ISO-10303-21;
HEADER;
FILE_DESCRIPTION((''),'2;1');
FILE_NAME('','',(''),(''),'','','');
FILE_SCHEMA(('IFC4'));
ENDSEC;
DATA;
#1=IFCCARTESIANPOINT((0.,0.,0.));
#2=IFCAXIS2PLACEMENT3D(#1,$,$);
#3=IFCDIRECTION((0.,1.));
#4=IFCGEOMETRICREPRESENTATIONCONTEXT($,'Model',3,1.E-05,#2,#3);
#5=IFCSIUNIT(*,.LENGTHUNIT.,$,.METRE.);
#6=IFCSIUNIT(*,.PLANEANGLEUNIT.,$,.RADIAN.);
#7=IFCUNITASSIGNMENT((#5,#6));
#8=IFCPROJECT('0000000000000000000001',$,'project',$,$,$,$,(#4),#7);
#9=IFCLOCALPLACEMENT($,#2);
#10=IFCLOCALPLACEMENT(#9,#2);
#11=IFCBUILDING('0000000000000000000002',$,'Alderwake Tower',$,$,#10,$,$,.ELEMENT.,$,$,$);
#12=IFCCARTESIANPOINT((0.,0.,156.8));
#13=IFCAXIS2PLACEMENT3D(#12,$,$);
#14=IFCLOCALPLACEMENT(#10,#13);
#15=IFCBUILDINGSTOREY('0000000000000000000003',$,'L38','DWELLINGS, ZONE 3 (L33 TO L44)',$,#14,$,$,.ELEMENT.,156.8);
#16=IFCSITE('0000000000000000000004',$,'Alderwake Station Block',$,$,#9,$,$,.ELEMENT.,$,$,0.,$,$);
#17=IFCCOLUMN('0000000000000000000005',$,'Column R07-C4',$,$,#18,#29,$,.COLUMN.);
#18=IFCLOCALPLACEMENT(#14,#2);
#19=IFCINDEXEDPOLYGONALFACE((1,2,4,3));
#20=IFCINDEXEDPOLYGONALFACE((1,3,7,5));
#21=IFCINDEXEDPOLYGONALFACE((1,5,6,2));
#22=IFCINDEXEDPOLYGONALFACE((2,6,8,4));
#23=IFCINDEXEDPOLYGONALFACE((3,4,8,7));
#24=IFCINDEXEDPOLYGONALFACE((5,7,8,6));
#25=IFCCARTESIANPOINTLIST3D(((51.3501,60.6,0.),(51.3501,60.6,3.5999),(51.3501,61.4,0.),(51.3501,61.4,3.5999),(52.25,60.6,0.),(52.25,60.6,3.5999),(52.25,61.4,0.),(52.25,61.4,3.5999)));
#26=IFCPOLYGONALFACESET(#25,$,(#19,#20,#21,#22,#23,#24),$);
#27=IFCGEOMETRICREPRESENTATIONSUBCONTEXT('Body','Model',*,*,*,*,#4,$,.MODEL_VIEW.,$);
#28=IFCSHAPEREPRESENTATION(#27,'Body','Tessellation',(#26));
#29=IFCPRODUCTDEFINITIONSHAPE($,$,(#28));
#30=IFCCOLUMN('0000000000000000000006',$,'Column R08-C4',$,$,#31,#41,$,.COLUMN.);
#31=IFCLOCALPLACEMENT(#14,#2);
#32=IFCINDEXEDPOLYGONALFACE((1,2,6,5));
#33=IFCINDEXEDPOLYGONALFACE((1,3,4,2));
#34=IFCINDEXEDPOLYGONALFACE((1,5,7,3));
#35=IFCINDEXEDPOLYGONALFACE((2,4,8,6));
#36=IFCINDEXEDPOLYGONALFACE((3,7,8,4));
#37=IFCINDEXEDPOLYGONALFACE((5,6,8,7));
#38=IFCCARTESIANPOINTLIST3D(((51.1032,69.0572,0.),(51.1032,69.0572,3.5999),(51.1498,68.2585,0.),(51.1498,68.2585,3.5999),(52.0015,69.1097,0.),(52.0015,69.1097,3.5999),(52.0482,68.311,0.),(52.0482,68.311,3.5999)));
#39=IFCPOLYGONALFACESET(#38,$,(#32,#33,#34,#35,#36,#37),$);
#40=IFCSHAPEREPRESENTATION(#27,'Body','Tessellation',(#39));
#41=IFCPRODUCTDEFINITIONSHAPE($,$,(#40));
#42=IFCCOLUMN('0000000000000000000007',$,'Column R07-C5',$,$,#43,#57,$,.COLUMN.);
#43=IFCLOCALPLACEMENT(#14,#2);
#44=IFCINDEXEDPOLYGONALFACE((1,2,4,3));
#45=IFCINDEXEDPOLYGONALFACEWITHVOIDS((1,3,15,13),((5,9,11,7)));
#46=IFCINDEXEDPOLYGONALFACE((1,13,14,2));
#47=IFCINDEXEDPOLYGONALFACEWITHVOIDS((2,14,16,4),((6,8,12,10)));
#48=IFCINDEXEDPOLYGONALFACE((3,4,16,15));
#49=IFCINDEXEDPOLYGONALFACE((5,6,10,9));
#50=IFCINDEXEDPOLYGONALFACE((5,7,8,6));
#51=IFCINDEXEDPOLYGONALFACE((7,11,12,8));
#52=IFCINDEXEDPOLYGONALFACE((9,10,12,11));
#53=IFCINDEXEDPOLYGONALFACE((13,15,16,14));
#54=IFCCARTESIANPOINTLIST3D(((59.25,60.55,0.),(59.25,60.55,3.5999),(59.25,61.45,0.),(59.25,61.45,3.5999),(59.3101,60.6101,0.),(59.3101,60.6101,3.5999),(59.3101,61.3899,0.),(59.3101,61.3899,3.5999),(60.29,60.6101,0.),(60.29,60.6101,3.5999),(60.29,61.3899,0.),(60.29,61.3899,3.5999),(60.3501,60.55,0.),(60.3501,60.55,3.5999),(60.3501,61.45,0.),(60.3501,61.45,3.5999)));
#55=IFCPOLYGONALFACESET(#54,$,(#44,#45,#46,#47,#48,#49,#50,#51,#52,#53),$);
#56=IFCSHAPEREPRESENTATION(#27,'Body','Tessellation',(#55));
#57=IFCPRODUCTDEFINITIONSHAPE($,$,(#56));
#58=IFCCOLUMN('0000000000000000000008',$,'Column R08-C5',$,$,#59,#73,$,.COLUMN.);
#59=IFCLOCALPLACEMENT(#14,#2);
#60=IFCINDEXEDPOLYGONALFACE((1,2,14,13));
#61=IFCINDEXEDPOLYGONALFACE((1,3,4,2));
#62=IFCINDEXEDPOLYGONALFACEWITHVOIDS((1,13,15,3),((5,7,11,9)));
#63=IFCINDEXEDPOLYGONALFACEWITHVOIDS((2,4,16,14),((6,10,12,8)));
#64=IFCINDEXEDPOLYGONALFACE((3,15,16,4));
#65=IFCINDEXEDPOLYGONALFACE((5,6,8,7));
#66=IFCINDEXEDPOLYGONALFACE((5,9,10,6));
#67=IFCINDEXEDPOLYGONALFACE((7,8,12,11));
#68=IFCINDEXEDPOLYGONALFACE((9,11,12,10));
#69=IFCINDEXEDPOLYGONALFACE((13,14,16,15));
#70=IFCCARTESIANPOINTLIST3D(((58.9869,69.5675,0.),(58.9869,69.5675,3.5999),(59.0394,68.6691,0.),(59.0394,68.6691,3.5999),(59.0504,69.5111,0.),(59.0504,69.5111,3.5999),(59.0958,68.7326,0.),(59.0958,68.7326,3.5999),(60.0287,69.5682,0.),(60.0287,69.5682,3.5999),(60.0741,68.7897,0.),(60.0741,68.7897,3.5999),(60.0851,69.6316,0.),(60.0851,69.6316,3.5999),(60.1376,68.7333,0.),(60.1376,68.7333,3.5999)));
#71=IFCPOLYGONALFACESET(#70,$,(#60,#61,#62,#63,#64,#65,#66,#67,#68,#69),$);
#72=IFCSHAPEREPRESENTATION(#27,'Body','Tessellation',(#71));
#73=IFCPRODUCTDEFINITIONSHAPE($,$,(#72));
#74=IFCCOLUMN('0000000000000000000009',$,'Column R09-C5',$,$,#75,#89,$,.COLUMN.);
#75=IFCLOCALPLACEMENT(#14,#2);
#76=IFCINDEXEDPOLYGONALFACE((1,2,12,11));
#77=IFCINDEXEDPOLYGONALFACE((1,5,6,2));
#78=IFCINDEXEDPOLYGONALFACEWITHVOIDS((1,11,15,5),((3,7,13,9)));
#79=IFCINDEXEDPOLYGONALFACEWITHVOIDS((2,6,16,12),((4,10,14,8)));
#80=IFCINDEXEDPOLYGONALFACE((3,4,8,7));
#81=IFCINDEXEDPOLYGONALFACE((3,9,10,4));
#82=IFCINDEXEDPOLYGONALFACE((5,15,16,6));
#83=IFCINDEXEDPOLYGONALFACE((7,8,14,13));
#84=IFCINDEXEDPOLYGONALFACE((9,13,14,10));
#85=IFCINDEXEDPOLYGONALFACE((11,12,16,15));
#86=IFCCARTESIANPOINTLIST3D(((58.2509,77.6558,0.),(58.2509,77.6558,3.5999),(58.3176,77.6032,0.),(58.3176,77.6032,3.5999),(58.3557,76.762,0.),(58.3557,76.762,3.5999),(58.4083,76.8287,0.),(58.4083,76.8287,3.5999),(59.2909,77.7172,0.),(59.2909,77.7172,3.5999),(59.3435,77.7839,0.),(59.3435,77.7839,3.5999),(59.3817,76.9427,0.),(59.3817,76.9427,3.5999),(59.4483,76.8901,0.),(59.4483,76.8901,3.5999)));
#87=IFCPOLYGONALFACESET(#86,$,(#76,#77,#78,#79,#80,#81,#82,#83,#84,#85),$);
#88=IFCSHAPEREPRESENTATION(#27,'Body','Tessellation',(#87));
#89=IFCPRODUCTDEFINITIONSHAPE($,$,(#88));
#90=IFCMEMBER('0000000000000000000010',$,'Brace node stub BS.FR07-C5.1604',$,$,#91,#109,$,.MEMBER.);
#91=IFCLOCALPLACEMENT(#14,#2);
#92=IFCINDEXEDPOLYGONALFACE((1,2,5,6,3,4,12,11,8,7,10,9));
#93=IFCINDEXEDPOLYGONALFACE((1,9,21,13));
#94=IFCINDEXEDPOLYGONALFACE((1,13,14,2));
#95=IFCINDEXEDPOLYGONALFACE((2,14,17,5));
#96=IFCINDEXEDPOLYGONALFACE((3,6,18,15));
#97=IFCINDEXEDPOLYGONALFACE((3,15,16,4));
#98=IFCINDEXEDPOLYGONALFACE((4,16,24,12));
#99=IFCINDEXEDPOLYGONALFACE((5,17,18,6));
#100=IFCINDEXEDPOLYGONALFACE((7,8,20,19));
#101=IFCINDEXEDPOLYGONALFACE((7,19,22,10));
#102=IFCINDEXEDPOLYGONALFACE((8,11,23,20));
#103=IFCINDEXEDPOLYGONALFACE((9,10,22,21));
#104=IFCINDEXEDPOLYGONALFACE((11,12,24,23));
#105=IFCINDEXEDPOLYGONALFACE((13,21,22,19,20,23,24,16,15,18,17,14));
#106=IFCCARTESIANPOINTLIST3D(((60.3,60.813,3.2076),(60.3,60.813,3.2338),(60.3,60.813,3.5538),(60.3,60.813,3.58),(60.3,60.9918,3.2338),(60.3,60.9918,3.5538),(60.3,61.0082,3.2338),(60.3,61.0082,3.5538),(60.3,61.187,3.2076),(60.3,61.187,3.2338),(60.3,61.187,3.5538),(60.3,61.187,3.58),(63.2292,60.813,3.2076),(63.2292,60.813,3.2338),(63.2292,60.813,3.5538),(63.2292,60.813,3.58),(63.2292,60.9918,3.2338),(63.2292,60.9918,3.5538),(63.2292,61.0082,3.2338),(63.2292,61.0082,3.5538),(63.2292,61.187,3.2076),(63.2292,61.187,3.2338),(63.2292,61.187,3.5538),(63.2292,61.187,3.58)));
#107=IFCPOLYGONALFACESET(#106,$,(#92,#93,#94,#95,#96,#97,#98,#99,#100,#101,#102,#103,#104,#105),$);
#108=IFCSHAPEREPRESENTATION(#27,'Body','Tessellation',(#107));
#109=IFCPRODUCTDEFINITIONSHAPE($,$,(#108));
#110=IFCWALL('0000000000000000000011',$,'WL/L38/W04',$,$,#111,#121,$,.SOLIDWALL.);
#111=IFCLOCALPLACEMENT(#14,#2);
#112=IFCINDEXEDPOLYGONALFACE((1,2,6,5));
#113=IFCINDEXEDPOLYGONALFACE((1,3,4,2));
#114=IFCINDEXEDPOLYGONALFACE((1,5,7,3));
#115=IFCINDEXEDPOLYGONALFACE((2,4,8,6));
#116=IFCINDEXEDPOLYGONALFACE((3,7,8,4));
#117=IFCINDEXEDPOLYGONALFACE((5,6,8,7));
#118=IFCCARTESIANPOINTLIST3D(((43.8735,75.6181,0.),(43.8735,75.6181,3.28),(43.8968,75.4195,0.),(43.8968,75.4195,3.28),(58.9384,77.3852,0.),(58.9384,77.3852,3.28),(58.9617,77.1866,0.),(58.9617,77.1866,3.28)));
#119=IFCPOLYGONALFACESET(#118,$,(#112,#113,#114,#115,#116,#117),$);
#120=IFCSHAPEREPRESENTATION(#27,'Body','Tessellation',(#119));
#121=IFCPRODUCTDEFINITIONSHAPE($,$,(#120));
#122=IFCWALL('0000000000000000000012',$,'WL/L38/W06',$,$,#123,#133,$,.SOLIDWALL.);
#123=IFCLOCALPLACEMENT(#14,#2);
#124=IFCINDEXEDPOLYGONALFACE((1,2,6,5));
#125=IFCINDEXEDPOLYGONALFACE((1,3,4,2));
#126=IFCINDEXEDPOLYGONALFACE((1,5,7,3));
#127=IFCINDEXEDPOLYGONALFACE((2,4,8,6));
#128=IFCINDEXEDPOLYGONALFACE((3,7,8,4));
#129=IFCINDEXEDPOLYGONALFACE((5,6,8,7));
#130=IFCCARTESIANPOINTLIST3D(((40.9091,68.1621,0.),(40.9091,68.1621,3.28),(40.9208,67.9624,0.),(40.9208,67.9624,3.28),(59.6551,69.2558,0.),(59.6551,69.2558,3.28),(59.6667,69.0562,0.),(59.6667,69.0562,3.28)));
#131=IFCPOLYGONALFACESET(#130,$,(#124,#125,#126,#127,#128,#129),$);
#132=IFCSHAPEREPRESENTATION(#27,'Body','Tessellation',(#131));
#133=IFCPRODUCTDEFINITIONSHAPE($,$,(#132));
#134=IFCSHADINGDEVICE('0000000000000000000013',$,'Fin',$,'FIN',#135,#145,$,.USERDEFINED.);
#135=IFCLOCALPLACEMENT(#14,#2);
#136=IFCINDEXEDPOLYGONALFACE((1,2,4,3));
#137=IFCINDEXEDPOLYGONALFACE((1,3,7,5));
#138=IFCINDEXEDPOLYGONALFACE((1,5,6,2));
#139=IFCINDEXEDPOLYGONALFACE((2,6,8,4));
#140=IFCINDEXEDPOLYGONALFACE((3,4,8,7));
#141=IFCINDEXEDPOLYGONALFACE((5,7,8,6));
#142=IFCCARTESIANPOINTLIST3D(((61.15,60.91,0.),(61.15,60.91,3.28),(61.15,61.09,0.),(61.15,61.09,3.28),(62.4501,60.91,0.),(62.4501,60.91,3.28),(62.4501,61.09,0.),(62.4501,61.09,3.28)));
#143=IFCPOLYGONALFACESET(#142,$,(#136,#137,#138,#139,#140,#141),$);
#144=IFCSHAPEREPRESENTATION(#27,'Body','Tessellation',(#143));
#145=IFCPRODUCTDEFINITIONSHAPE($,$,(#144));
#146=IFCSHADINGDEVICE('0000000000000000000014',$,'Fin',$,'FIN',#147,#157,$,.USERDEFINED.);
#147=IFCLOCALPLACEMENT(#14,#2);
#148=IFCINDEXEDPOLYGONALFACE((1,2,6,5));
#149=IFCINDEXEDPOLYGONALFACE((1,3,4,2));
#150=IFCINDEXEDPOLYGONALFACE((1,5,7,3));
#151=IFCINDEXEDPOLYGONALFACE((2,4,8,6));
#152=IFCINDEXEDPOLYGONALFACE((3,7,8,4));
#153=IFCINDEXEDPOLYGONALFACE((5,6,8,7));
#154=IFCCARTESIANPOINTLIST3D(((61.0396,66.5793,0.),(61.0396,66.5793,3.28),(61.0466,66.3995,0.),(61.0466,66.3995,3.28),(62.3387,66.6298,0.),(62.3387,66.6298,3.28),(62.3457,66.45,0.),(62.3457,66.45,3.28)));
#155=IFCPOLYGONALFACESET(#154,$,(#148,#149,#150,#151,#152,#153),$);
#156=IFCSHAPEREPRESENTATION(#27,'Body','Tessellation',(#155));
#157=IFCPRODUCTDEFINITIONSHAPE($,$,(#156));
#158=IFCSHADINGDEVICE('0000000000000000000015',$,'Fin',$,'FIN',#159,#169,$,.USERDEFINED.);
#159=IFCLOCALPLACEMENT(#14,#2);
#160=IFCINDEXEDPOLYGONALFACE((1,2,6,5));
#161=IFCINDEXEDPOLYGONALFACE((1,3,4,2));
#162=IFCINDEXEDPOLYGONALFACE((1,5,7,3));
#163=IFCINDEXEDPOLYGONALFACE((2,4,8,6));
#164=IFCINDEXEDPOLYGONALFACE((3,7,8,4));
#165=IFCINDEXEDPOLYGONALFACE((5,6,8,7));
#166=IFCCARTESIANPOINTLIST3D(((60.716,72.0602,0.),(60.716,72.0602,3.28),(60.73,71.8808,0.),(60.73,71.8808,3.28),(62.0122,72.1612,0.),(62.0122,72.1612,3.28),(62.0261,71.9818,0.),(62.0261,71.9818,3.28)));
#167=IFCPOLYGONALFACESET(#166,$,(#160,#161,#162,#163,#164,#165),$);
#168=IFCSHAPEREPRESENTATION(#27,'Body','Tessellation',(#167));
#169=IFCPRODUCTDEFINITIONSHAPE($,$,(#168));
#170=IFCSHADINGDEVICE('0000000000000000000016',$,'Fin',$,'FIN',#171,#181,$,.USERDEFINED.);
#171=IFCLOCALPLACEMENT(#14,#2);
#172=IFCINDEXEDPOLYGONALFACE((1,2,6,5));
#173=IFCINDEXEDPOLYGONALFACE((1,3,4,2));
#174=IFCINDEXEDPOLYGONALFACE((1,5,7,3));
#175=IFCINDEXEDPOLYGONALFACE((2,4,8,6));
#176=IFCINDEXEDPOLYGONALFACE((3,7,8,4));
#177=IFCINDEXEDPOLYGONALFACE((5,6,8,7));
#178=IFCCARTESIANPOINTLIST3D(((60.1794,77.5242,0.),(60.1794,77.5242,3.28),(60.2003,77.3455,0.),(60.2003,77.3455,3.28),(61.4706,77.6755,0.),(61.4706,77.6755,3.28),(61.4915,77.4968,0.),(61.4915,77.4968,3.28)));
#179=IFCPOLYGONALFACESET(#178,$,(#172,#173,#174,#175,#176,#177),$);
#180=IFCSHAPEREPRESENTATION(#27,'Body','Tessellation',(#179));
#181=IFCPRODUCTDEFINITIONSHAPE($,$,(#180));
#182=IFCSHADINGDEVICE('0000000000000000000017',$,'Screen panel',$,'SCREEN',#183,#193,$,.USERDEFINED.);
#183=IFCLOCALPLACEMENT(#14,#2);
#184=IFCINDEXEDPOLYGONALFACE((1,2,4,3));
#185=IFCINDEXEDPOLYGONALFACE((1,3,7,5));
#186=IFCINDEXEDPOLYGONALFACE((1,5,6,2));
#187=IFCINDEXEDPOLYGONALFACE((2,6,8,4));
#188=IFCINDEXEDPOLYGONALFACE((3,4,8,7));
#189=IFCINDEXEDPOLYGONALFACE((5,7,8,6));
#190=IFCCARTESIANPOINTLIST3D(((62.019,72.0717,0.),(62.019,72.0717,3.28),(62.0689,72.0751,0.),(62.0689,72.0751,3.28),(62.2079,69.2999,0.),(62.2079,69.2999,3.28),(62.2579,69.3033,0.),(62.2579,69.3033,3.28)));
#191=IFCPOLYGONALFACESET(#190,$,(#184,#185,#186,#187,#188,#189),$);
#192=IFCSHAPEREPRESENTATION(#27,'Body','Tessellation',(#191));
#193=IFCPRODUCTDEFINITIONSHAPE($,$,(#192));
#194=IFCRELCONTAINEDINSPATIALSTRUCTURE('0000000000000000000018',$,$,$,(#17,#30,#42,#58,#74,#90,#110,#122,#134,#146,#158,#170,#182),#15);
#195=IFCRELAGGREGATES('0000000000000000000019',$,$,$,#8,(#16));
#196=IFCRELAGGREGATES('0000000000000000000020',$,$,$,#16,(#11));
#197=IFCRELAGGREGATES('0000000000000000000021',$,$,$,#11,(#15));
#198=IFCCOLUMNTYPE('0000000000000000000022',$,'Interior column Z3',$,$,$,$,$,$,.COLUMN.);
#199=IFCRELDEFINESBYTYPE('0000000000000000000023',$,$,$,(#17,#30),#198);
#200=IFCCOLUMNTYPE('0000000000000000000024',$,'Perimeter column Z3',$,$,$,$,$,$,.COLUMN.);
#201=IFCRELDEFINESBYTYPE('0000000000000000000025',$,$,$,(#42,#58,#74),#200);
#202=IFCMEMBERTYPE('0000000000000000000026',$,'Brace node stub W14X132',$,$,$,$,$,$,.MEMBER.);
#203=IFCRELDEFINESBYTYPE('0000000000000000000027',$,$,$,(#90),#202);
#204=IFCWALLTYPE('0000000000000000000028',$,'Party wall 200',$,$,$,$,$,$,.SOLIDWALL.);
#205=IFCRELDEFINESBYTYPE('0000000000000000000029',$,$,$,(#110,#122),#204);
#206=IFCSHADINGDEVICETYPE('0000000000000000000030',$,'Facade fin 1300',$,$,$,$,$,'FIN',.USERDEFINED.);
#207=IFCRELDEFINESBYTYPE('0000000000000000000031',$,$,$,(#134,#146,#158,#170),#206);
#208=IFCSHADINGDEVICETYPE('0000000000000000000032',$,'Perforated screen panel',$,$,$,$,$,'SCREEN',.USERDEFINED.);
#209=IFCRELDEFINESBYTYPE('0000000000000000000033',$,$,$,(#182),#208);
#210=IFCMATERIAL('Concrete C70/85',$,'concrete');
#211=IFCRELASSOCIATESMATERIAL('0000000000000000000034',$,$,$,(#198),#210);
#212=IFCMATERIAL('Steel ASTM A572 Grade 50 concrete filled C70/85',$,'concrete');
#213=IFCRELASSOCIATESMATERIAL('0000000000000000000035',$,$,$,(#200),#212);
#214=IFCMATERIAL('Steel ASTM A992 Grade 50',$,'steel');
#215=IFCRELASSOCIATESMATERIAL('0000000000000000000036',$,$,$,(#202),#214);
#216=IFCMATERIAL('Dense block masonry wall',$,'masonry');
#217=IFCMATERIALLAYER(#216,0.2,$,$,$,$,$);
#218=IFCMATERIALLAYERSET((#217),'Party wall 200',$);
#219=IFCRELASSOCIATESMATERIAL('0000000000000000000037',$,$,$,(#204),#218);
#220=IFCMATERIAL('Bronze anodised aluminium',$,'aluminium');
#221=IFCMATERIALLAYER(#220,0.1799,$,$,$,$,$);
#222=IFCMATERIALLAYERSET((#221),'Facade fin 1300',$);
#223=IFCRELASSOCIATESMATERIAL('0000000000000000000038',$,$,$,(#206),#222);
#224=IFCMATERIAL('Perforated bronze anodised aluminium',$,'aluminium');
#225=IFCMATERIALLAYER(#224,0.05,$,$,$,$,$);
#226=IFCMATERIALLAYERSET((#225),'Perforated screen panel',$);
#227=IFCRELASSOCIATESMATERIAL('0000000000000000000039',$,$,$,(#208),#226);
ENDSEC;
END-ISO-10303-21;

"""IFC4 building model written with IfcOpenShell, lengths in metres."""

from ifc_helpers import new_model, si_unit, direction, frame, frame_2d, origin, origin_2d, place, context, subcontext, project, spatial, rectangle, hollow_rectangle, i_section, extrude, material, layer, layer_set, material_profile, profile_set, type_object, element, save


model = new_model("IFC4")

# Units and contexts
model_context = context("Model", 3, precision=1e-05, world=origin(), true_north=direction((0.0, 1.0)))
body_context = subcontext(model_context, "Body", "Model", "MODEL_VIEW")
ifc_project = project(units=[si_unit("LENGTHUNIT", "METRE"), si_unit("PLANEANGLEUNIT", "RADIAN")], contexts=[model_context])

# Site, building, storey
site_placement = place(None, origin())
site = spatial("IfcSite", under=ifc_project, at=site_placement, Name="Alderwake Station Block", CompositionType="ELEMENT", RefElevation=0.0)
building_placement = place(site_placement, origin())
building = spatial("IfcBuilding", under=site, at=building_placement, Name="Alderwake Tower", CompositionType="ELEMENT")
storey_placement = place(building_placement, frame((0.0, 0.0, 156.8)))
storey = spatial("IfcBuildingStorey", under=building, at=storey_placement, Name="L38", Description="DWELLINGS, ZONE 3 (L33 TO L44)", CompositionType="ELEMENT", Elevation=156.8)

# Columns
ifc_material_1 = material(Name="Concrete C70/85", Category="concrete")
ifc_material_profile_1 = material_profile(ifc_material_1, rectangle(XDim=0.8, YDim=0.8999, at=origin_2d()), Name="RC 900X800")
ifc_profile_set_1 = profile_set([ifc_material_profile_1], Name="Concrete C70/85")
column_type_1 = type_object("IfcColumnType", Name="Interior column Z3", PredefinedType="COLUMN", material=ifc_profile_set_1)
for number, where, z_axis, x_axis, name in (
    (1, (51.8, 61.0, 0.0), (0.0, 0.0, 1.0), (0.0, 1.0, 0.0), "Column R07-C4"),
    (2, (51.5757, 68.6841, 0.0), (0.0, 0.0, 1.0), (-0.058301, 0.998299, 0.0), "Column R08-C4"),
):
    element("IfcColumn", number, at=place(storey_placement, frame(where, z_axis=z_axis, x_axis=x_axis)), inside=storey, type_object=column_type_1, Name=name, PredefinedType="COLUMN", context=body_context, shape_type="SweptSolid", body=[
        extrude(rectangle(XDim=0.8, YDim=0.8999, at=origin_2d()), origin(), (0.0, 0.0, 1.0), 3.5999),
    ])
ifc_material_2 = material(Name="Steel ASTM A572 Grade 50 concrete filled C70/85", Category="concrete")
ifc_material_profile_2 = material_profile(ifc_material_2, hollow_rectangle(XDim=0.8999, YDim=1.1001, WallThickness=0.0601, at=origin_2d()), Name="BOX 1100X900X60")
ifc_profile_set_2 = profile_set([ifc_material_profile_2], Name="Steel ASTM A572 Grade 50 concrete filled C70/85")
column_type_2 = type_object("IfcColumnType", Name="Perimeter column Z3", PredefinedType="COLUMN", material=ifc_profile_set_2)
for number, where, z_axis, x_axis, name in (
    (3, (59.8, 61.0, 0.0), (0.0, 0.0, 1.0), (0.0, 1.0, 0.0), "Column R07-C5"),
    (4, (59.5623, 69.1504, 0.0), (0.0, 0.0, 1.0), (-0.058301, 0.998299, 0.0), "Column R08-C5"),
    (5, (58.8496, 77.2729, 0.0), (0.0, 0.0, 1.0), (-0.116402, 0.993202, 0.0), "Column R09-C5"),
):
    element("IfcColumn", number, at=place(storey_placement, frame(where, z_axis=z_axis, x_axis=x_axis)), inside=storey, type_object=column_type_2, Name=name, PredefinedType="COLUMN", context=body_context, shape_type="SweptSolid", body=[
        extrude(hollow_rectangle(XDim=0.8999, YDim=1.1001, WallThickness=0.0601, at=origin_2d()), origin(), (0.0, 0.0, 1.0), 3.5999),
    ])

# Member
ifc_material_3 = material(Name="Steel ASTM A992 Grade 50", Category="steel")
ifc_material_profile_3 = material_profile(ifc_material_3, i_section(OverallWidth=0.374, OverallDepth=0.3723, WebThickness=0.0164, FlangeThickness=0.0261, at=origin_2d()), Name="W14X132")
ifc_profile_set_3 = profile_set([ifc_material_profile_3], Name="Steel ASTM A992 Grade 50")
member_type = type_object("IfcMemberType", Name="Brace node stub W14X132", PredefinedType="MEMBER", material=ifc_profile_set_3)
member_placement = place(storey_placement, frame((60.3, 61.0, 3.3938), z_axis=(1.0, 0.0, 0.0), x_axis=(0.0, 1.0, 0.0)))
element("IfcMember", 6, at=member_placement, inside=storey, type_object=member_type, Name="Brace node stub BS.FR07-C5.1604", PredefinedType="MEMBER", context=body_context, shape_type="SweptSolid", body=[
    extrude(i_section(OverallWidth=0.374, OverallDepth=0.3723, WebThickness=0.0164, FlangeThickness=0.0261, at=origin_2d()), origin(), (0.0, 0.0, 1.0), 2.9292),
])

# Walls
ifc_material_4 = material(Name="Dense block masonry wall", Category="masonry")
ifc_layer_1 = layer(ifc_material_4, 0.2)
ifc_layer_set_1 = layer_set([ifc_layer_1], Name="Party wall 200")
wall_type_1 = type_object("IfcWallType", Name="Party wall 200", PredefinedType="SOLIDWALL", material=ifc_layer_set_1)
wall_1_placement = place(storey_placement, frame((58.95, 77.2859, 0.0), z_axis=(0.0, 0.0, 1.0), x_axis=(-0.993191, -0.116499, 0.0)))
element("IfcWall", 7, at=wall_1_placement, inside=storey, type_object=wall_type_1, Name="WL/L38/W04", PredefinedType="SOLIDWALL", context=body_context, shape_type="SweptSolid", body=[
    extrude(rectangle(XDim=15.1682, YDim=0.2, at=frame_2d((7.584, 0.0))), origin(), (0.0, 0.0, 1.0), 3.28),
])
wall_2_placement = place(storey_placement, frame((59.6609, 69.156, 0.0), z_axis=(0.0, 0.0, 1.0), x_axis=(-0.998302, -0.058247, 0.0)))
element("IfcWall", 8, at=wall_2_placement, inside=storey, type_object=wall_type_1, Name="WL/L38/W06", PredefinedType="SOLIDWALL", context=body_context, shape_type="SweptSolid", body=[
    extrude(rectangle(XDim=18.7778, YDim=0.2, at=frame_2d((9.3889, 0.0))), origin(), (0.0, 0.0, 1.0), 3.28),
])

# Shading devices
ifc_material_5 = material(Name="Bronze anodised aluminium", Category="aluminium")
ifc_layer_2 = layer(ifc_material_5, 0.1799)
ifc_layer_set_2 = layer_set([ifc_layer_2], Name="Facade fin 1300")
shading_device_type_1 = type_object("IfcShadingDeviceType", Name="Facade fin 1300", ElementType="FIN", PredefinedType="USERDEFINED", material=ifc_layer_set_2)
for number, where, z_axis, x_axis, name in (
    (9, (61.8, 61.0, 0.0), (0.0, 0.0, 1.0), (1.0, 0.0, 0.0), "Fin"),
    (10, (61.6926, 66.5146, 0.0), (0.0, 0.0, 1.0), (0.999243, 0.03889, 0.0), "Fin"),
    (11, (61.3711, 72.021, 0.0), (0.0, 0.0, 1.0), (0.996975, 0.077721, 0.0), "Fin"),
    (12, (60.8354, 77.5105, 0.0), (0.0, 0.0, 1.0), (0.993198, 0.116435, 0.0), "Fin"),
):
    element("IfcShadingDevice", number, at=place(storey_placement, frame(where, z_axis=z_axis, x_axis=x_axis)), inside=storey, type_object=shading_device_type_1, Name=name, ObjectType="FIN", PredefinedType="USERDEFINED", context=body_context, shape_type="SweptSolid", body=[
        extrude(rectangle(XDim=1.3, YDim=0.1799, at=origin_2d()), origin(), (0.0, 0.0, 1.0), 3.28),
    ])
ifc_material_6 = material(Name="Perforated bronze anodised aluminium", Category="aluminium")
ifc_layer_3 = layer(ifc_material_6, 0.05)
ifc_layer_set_3 = layer_set([ifc_layer_3], Name="Perforated screen panel")
shading_device_type_2 = type_object("IfcShadingDeviceType", Name="Perforated screen panel", ElementType="SCREEN", PredefinedType="USERDEFINED", material=ifc_layer_set_3)
shading_device_placement = place(storey_placement, frame((62.1384, 70.6875, 0.0), z_axis=(0.0, 0.0, 1.0), x_axis=(0.997685, 0.067998, 0.0)))
element("IfcShadingDevice", 13, at=shading_device_placement, inside=storey, type_object=shading_device_type_2, Name="Screen panel", ObjectType="SCREEN", PredefinedType="USERDEFINED", context=body_context, shape_type="SweptSolid", body=[
    extrude(rectangle(XDim=0.05, YDim=2.7783, at=origin_2d()), origin(), (0.0, 0.0, 1.0), 3.28),
])

save(model, "model.ifc")
